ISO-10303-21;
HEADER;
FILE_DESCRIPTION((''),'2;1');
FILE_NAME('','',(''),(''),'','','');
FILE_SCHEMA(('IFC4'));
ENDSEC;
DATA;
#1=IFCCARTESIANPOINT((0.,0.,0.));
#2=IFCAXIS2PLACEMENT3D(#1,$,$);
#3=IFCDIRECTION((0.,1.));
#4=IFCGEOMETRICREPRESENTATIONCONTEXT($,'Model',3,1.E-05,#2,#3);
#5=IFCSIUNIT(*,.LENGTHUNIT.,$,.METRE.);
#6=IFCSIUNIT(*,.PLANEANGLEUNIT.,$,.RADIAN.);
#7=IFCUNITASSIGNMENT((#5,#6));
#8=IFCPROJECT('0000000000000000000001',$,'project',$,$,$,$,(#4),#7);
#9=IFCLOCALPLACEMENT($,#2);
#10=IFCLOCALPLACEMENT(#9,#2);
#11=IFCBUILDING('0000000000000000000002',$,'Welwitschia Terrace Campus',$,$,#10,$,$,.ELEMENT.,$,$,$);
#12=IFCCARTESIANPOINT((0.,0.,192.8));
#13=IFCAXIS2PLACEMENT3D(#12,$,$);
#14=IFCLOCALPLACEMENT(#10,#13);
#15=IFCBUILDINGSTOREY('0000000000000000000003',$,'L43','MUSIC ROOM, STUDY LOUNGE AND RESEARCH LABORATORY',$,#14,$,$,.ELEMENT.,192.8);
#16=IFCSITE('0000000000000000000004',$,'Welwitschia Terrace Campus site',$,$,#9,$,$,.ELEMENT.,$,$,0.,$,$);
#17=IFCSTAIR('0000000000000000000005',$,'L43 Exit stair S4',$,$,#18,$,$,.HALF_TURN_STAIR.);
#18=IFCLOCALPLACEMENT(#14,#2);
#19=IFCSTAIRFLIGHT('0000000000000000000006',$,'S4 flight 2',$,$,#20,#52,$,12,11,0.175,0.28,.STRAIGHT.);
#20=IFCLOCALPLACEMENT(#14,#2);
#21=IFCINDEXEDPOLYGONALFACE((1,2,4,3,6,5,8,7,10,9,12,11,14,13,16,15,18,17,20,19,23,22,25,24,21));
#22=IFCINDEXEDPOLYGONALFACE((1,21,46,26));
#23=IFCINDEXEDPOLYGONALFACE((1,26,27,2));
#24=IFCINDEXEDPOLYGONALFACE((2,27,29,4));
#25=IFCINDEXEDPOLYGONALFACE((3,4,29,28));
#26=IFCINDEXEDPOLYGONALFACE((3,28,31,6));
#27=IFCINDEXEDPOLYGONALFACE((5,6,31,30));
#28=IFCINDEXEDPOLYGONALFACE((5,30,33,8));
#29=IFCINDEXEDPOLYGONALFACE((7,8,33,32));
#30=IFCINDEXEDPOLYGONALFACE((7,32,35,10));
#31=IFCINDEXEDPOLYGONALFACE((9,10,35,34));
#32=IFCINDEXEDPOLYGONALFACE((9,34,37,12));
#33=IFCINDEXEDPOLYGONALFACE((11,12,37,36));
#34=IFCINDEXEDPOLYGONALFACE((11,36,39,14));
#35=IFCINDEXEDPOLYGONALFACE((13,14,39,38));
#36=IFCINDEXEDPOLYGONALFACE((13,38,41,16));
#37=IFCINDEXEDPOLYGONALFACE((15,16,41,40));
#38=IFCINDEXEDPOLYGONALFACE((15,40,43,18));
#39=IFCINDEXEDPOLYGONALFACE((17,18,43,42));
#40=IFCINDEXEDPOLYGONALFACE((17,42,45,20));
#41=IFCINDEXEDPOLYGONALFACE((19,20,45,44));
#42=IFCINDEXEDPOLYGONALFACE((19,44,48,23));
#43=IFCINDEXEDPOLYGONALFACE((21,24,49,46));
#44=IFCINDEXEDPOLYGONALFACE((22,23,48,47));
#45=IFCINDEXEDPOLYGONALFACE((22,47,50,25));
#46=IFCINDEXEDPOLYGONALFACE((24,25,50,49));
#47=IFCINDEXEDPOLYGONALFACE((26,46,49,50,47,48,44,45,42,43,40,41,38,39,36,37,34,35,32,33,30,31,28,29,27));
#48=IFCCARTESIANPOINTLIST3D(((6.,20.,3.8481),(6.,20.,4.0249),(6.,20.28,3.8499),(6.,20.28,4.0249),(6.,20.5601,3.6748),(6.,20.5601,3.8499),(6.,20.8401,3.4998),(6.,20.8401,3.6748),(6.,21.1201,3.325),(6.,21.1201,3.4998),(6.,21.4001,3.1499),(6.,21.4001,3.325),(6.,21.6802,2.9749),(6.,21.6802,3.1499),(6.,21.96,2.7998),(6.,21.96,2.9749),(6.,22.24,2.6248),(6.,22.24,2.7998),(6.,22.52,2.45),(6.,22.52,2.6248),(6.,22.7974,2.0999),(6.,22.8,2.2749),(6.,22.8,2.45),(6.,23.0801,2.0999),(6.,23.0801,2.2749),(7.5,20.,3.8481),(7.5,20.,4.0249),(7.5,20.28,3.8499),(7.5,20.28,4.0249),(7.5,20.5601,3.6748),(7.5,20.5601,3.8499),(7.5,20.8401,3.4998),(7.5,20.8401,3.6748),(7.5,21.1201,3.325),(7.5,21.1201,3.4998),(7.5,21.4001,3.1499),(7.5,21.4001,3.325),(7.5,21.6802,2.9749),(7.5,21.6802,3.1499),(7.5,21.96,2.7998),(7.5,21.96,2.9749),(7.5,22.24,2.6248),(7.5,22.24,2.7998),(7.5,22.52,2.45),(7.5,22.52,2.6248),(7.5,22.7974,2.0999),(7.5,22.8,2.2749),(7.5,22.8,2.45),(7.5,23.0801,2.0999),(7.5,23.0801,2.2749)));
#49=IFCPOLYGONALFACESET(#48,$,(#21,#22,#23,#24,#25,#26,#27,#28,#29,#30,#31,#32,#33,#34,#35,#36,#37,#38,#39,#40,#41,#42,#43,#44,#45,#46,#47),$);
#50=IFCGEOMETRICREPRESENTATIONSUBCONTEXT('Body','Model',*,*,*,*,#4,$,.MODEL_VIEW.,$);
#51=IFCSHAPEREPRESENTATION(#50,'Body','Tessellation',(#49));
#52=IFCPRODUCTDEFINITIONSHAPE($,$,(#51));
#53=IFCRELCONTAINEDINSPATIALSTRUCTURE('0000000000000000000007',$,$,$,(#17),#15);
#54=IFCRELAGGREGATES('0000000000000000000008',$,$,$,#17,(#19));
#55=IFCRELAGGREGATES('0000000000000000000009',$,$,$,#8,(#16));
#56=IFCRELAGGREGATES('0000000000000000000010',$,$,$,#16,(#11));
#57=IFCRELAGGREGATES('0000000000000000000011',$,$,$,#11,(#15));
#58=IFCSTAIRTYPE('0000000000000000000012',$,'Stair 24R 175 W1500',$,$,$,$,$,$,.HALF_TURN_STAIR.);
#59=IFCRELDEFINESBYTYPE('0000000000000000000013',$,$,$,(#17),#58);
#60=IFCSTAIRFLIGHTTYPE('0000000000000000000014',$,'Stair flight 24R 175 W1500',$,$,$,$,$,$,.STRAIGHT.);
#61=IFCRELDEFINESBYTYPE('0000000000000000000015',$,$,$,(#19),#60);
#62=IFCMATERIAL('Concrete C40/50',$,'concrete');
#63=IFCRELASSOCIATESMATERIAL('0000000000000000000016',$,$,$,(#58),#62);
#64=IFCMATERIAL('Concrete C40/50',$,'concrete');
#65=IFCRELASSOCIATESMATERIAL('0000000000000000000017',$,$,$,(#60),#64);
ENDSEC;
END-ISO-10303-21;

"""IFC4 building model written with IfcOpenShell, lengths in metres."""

from ifc_helpers import new_model, si_unit, direction, frame, origin, place, context, subcontext, project, spatial, polyline, outline, extrude, material, type_object, element, aggregate, save


model = new_model("IFC4")

# Units and contexts
model_context = context("Model", 3, precision=1e-05, world=origin(), true_north=direction((0.0, 1.0)))
body_context = subcontext(model_context, "Body", "Model", "MODEL_VIEW")
ifc_project = project(units=[si_unit("LENGTHUNIT", "METRE"), si_unit("PLANEANGLEUNIT", "RADIAN")], contexts=[model_context])

# Site, building, storey
site_placement = place(None, origin())
site = spatial("IfcSite", under=ifc_project, at=site_placement, Name="Welwitschia Terrace Campus site", CompositionType="ELEMENT", RefElevation=0.0)
building_placement = place(site_placement, origin())
building = spatial("IfcBuilding", under=site, at=building_placement, Name="Welwitschia Terrace Campus", CompositionType="ELEMENT")
storey_placement = place(building_placement, frame((0.0, 0.0, 192.8)))
storey = spatial("IfcBuildingStorey", under=building, at=storey_placement, Name="L43", Description="MUSIC ROOM, STUDY LOUNGE AND RESEARCH LABORATORY", CompositionType="ELEMENT", Elevation=192.8)

# Stair, stair flight
ifc_material_1 = material(Name="Concrete C40/50", Category="concrete")
stair_type = type_object("IfcStairType", Name="Stair 24R 175 W1500", PredefinedType="HALF_TURN_STAIR", material=ifc_material_1)
stair_placement = place(storey_placement, origin())
stair = element("IfcStair", 1, at=stair_placement, inside=storey, type_object=stair_type, Name="L43 Exit stair S4", PredefinedType="HALF_TURN_STAIR")
ifc_material_2 = material(Name="Concrete C40/50", Category="concrete")
stair_flight_type = type_object("IfcStairFlightType", Name="Stair flight 24R 175 W1500", PredefinedType="STRAIGHT", material=ifc_material_2)
stair_flight_placement = place(storey_placement, frame((6.75, 23.0801, 2.0999), z_axis=(0.0, 0.0, 1.0), x_axis=(0.0, -1.0, 0.0)))
stair_flight = element("IfcStairFlight", 2, at=stair_flight_placement, type_object=stair_flight_type, Name="S4 flight 2", NumberOfRisers=12, NumberOfTreads=11, PredefinedType="STRAIGHT", RiserHeight=0.175, TreadLength=0.28, context=body_context, shape_type="SweptSolid", body=[
    extrude(outline(polyline([(0.0, 0.0), (0.0, 0.175), (0.28, 0.175), (0.28, 0.3501), (0.5601, 0.3501), (0.5601, 0.5249), (0.8401, 0.5249), (0.8401, 0.7), (1.1201, 0.7), (1.1201, 0.875), (1.3999, 0.875), (1.3999, 1.05), (1.6799, 1.05), (1.6799, 1.2251), (1.96, 1.2251), (1.96, 1.3999), (2.24, 1.3999), (2.24, 1.575), (2.52, 1.575), (2.52, 1.75), (2.8, 1.75), (2.8, 1.925), (3.0801, 1.925), (3.0801, 2.1001), (3.0801, 1.7483), (0.2827, 0.0), (0.0, 0.0)])), frame((0.0, 0.75, 0.0), z_axis=(0.0, -1.0, 0.0), x_axis=(1.0, 0.0, 0.0)), (0.0, 0.0, 1.0), 1.5),
])
aggregate(stair, [stair_flight])

save(model, "model.ifc")
